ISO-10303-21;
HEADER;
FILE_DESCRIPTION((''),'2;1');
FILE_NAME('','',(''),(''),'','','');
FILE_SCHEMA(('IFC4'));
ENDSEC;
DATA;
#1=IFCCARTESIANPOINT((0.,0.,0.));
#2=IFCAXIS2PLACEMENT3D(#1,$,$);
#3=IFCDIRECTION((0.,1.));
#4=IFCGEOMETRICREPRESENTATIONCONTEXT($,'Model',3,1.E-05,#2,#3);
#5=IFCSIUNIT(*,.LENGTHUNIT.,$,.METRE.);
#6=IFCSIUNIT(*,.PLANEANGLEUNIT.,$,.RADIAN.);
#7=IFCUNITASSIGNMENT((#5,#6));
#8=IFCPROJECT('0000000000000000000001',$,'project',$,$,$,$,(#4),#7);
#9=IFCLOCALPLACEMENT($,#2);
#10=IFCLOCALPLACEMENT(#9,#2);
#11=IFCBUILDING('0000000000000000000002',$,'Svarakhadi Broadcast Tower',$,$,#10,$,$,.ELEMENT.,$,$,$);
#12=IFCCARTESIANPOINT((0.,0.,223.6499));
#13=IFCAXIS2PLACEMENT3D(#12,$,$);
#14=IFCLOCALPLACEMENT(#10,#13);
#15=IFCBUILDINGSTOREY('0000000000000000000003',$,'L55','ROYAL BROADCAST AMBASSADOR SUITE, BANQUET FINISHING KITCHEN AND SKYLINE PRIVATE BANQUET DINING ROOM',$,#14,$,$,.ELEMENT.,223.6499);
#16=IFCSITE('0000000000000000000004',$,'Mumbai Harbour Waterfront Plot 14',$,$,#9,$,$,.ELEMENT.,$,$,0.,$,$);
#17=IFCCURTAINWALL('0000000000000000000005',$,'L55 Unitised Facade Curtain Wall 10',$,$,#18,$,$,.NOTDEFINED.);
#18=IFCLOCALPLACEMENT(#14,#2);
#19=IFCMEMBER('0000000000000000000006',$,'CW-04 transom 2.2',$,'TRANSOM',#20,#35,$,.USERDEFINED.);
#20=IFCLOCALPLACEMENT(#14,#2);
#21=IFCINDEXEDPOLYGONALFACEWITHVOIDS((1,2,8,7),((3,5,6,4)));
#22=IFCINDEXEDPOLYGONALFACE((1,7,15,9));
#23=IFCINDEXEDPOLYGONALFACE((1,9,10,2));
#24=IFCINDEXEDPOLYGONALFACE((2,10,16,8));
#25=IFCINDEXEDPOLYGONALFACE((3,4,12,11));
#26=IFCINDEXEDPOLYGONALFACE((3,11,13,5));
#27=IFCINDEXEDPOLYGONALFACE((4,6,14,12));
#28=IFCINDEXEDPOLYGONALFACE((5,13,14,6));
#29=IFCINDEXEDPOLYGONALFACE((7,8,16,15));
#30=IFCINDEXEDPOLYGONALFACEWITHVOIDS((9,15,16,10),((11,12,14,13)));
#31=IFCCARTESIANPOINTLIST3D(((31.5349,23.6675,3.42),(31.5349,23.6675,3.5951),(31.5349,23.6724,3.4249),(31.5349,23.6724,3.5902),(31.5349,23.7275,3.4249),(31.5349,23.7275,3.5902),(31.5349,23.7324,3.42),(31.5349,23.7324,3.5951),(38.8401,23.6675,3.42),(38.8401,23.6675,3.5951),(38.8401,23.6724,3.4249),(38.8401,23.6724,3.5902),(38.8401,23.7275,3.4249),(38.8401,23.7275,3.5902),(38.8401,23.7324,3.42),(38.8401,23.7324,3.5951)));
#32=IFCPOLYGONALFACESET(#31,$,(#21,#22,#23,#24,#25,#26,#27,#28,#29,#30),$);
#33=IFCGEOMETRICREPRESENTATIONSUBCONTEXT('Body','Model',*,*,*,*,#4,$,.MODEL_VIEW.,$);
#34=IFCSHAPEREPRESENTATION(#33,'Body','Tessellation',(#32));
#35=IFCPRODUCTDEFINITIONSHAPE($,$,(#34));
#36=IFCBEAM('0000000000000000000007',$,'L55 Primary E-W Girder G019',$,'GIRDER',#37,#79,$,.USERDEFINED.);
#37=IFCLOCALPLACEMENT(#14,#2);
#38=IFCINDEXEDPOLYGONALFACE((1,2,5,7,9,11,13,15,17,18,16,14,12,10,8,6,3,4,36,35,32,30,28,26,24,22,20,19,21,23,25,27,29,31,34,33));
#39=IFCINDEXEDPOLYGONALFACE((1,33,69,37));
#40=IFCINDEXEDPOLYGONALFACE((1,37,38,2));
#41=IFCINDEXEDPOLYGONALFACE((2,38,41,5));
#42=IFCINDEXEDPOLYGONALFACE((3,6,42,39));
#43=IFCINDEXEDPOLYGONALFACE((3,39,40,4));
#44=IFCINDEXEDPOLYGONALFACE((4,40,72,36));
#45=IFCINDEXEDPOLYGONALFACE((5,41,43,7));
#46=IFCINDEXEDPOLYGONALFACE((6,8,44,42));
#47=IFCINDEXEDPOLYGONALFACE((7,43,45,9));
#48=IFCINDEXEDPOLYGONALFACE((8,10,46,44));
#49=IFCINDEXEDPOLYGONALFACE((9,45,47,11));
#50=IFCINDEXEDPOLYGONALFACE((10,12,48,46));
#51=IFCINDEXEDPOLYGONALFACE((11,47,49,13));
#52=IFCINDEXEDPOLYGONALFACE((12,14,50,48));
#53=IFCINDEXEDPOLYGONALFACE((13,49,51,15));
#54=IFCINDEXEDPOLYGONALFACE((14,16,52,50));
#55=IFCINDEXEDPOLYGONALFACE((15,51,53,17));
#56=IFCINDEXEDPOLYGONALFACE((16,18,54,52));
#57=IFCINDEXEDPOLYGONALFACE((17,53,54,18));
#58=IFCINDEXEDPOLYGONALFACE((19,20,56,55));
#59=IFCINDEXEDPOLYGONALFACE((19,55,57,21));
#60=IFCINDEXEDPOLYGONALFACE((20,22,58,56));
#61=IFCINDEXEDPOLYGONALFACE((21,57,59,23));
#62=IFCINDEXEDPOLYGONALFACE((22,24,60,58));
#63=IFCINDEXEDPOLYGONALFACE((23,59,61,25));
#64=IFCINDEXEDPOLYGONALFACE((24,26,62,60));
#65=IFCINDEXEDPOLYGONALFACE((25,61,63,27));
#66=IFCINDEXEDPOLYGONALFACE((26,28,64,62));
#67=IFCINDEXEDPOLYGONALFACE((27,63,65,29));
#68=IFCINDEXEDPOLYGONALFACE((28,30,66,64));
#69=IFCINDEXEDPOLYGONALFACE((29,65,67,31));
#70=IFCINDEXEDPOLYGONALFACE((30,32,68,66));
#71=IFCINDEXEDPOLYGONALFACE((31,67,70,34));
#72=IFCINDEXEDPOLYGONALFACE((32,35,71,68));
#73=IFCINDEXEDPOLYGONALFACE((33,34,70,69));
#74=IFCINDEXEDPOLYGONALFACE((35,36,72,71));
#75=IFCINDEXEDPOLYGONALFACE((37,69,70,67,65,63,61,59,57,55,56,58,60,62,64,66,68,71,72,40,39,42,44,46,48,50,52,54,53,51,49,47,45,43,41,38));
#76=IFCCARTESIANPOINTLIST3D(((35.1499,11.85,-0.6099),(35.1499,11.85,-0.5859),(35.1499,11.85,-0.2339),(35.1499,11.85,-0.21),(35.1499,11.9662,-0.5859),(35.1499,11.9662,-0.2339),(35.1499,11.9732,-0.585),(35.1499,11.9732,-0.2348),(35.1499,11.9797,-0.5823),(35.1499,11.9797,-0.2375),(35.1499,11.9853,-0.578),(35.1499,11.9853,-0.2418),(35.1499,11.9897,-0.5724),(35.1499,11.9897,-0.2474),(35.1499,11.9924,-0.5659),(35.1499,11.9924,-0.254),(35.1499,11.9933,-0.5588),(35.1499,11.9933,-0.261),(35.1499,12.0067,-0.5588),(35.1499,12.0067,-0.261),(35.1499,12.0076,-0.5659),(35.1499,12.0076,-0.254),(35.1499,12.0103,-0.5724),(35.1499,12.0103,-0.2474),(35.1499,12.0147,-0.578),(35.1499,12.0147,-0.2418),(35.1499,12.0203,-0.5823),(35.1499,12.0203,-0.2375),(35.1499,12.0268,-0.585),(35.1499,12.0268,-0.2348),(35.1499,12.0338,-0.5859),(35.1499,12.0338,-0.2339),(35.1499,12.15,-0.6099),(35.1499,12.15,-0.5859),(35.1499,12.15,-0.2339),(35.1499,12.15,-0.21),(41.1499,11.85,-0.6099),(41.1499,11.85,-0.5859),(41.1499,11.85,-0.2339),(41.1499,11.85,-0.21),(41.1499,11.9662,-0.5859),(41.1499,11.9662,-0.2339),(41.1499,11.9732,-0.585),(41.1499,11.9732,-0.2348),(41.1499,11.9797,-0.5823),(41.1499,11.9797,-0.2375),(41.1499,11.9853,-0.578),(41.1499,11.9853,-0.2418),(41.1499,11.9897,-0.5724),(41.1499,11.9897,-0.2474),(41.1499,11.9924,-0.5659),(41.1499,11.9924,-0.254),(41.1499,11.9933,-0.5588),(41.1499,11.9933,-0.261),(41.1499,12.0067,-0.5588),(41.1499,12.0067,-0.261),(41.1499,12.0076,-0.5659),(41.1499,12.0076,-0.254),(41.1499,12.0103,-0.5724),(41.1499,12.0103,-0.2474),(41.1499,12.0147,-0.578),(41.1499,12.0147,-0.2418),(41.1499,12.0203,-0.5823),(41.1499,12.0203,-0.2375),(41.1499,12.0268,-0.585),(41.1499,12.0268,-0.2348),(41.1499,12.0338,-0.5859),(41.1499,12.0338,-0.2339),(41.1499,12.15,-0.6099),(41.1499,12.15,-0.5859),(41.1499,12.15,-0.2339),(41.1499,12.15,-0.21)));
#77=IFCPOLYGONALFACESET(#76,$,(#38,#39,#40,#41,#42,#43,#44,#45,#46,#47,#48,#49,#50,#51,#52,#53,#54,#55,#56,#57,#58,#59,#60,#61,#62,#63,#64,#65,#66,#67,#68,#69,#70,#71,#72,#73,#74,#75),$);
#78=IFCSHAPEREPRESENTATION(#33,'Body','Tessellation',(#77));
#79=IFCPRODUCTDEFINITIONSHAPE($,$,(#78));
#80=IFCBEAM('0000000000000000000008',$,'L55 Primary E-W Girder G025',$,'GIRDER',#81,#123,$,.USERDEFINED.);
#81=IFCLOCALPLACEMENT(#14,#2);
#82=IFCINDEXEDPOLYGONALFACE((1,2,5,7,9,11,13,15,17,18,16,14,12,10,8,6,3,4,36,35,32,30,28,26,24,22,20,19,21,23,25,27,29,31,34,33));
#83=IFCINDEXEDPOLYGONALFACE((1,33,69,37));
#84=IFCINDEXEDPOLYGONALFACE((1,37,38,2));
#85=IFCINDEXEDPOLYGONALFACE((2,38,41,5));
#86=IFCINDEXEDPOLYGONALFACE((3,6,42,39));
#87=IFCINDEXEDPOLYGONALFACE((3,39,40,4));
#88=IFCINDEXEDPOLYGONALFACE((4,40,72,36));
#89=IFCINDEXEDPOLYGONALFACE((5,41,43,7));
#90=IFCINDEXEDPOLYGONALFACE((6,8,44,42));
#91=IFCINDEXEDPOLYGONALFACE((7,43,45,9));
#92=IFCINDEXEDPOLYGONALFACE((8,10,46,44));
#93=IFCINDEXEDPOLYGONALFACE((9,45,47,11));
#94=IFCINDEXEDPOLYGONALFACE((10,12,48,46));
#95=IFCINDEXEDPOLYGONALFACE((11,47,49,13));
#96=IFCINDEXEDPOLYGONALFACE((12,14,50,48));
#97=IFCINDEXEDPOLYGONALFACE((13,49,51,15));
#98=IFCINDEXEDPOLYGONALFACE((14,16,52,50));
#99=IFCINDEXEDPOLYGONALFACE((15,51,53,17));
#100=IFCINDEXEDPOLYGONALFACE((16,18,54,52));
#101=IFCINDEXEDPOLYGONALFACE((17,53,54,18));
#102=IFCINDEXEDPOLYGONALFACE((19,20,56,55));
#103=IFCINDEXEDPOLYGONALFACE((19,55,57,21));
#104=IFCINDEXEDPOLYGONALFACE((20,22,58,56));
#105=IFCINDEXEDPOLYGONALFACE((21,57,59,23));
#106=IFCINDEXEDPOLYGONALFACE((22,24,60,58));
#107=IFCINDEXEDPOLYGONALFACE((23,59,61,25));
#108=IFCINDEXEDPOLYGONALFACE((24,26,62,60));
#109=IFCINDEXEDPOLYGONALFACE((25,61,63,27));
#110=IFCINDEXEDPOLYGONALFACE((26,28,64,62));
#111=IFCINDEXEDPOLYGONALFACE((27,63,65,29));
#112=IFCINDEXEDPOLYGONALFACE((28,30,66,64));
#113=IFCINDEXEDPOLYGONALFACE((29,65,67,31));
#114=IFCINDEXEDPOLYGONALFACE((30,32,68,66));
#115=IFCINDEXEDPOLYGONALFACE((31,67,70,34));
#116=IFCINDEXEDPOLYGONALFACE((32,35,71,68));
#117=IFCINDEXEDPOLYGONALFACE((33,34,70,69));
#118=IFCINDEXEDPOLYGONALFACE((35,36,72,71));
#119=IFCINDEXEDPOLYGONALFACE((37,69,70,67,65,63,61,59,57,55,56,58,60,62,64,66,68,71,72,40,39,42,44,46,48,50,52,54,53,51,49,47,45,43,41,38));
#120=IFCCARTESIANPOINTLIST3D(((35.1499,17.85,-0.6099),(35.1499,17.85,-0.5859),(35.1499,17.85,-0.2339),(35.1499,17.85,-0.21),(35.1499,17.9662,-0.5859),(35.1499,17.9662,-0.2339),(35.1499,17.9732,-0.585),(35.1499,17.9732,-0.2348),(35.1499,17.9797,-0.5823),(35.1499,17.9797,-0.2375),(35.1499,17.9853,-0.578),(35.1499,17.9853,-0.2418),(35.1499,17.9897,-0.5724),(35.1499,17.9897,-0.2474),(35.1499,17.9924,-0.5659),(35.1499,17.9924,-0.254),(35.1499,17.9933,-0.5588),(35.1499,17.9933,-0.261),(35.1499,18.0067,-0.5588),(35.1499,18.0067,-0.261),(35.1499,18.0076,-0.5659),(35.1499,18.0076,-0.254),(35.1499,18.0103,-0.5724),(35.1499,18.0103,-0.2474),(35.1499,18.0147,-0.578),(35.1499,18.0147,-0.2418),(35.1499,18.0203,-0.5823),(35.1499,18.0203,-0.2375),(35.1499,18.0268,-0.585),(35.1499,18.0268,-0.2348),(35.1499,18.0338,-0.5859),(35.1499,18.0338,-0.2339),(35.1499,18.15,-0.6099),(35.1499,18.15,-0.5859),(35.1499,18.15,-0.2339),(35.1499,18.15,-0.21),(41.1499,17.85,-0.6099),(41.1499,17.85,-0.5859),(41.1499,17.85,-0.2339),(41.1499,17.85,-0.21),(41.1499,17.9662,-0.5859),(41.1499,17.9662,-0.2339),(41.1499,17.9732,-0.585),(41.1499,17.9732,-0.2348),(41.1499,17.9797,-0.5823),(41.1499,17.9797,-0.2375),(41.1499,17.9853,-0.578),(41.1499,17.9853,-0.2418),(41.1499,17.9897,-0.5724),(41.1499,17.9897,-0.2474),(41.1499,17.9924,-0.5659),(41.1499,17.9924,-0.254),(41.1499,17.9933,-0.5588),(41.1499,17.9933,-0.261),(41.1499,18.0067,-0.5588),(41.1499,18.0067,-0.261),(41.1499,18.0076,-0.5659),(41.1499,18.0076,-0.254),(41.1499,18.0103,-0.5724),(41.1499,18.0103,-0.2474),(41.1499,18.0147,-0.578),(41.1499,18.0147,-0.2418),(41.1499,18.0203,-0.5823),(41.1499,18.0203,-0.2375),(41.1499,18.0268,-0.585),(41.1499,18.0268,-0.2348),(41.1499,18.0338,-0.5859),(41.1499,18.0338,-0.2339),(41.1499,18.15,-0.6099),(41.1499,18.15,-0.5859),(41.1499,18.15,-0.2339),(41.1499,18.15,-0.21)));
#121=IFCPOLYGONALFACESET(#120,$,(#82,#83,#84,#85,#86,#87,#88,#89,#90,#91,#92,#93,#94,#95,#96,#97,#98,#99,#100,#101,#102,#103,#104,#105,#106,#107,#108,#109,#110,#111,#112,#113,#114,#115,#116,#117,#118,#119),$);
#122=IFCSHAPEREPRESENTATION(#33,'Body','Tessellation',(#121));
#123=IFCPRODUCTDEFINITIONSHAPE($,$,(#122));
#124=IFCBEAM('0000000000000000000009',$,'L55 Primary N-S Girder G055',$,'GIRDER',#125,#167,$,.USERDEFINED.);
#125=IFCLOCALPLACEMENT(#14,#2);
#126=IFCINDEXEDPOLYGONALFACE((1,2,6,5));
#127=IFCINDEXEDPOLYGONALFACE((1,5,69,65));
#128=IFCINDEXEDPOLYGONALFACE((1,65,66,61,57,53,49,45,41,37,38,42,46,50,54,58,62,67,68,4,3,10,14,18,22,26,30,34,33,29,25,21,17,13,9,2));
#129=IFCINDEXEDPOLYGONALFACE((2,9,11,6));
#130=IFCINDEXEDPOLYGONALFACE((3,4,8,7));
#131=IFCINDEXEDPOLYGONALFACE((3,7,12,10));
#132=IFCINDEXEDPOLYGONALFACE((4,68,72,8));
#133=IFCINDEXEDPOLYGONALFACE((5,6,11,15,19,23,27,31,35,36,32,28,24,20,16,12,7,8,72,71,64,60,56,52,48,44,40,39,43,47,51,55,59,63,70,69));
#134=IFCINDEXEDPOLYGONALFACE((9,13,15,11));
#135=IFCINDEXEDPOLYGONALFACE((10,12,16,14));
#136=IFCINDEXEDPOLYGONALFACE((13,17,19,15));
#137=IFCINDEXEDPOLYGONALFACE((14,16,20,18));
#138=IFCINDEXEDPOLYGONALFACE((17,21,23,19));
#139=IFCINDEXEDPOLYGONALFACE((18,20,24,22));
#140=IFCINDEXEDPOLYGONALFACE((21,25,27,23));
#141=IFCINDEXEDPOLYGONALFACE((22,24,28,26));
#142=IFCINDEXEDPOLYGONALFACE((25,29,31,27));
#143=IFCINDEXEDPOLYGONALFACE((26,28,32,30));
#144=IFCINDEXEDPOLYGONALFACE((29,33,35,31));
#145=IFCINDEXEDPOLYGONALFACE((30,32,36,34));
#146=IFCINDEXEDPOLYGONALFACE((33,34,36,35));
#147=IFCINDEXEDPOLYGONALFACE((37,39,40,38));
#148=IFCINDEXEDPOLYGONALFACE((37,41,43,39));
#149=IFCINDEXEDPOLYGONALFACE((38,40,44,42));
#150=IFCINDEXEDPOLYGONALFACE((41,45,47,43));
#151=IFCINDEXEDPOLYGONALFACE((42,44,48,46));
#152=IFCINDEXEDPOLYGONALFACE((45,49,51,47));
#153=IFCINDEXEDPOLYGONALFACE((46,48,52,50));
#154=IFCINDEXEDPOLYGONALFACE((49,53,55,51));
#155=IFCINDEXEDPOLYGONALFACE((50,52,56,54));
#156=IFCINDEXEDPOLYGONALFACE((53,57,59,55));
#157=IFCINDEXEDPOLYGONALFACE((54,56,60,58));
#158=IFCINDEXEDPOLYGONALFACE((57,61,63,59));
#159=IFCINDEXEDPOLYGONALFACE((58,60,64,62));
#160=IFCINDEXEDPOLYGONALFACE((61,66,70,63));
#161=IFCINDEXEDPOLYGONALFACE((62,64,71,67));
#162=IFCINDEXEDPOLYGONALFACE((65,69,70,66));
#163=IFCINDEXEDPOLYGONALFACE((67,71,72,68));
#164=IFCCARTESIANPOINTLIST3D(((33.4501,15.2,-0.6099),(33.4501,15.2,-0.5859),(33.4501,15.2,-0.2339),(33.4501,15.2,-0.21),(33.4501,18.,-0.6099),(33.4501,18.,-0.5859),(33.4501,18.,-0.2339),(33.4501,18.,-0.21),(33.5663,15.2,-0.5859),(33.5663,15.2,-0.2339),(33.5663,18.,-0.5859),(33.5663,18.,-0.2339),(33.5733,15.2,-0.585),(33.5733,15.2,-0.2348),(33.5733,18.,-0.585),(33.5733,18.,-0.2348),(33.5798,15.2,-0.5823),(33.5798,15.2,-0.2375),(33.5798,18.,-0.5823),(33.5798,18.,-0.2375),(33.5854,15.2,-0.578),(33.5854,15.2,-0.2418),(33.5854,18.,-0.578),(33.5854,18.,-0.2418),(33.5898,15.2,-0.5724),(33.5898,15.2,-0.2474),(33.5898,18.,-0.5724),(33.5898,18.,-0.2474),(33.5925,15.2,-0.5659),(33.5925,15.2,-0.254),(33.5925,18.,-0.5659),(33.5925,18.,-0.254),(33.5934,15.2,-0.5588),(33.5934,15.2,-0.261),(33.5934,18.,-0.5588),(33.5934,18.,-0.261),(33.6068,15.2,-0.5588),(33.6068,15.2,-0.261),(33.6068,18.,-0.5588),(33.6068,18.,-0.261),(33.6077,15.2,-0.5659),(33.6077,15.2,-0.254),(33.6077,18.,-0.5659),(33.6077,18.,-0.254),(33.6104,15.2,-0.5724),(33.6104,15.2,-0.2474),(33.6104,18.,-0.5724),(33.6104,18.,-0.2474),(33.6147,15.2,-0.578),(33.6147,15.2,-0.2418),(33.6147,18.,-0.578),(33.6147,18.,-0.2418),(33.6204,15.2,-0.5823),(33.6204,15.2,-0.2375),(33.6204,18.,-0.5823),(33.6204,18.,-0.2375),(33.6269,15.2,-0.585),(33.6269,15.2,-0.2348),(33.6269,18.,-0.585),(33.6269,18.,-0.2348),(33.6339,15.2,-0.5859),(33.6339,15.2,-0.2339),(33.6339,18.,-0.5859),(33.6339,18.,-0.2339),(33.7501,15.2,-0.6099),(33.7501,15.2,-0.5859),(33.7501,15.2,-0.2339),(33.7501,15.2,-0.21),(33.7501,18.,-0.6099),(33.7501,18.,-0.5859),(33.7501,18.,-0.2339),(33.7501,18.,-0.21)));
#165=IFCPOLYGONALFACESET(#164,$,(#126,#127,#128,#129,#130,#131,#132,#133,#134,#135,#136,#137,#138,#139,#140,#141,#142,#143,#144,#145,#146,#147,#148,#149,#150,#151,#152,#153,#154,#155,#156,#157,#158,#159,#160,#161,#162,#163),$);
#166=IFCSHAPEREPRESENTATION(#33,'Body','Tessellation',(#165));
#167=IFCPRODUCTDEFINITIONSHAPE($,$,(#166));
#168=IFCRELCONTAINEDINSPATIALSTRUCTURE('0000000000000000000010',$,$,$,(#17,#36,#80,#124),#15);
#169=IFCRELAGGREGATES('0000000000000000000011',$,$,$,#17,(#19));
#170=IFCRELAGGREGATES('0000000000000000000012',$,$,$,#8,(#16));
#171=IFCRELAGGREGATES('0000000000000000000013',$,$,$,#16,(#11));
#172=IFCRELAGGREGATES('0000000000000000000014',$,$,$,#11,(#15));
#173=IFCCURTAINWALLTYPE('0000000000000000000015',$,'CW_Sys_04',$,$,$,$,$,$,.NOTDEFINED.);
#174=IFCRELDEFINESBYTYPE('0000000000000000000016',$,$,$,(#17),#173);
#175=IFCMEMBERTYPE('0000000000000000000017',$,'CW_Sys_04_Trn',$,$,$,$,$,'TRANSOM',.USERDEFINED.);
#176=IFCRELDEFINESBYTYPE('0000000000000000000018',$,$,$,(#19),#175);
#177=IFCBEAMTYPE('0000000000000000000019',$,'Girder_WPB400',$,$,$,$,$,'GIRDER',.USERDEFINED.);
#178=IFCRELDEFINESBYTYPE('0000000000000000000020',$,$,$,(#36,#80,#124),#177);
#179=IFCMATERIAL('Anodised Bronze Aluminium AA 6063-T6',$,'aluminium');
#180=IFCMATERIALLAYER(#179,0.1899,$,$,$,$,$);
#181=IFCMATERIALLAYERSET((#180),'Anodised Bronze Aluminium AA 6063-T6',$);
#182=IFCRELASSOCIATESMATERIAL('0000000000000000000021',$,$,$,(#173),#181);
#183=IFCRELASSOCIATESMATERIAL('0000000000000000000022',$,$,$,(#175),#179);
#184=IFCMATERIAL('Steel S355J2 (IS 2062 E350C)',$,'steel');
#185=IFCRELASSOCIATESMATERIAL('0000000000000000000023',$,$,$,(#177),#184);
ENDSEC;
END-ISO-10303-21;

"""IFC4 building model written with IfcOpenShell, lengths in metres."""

from ifc_helpers import new_model, si_unit, direction, frame, origin, origin_2d, place, context, subcontext, project, spatial, hollow_rectangle, i_section, extrude, material, layer, layer_set, material_profile, profile_set, type_object, element, aggregate, save


model = new_model("IFC4")

# Units and contexts
model_context = context("Model", 3, precision=1e-05, world=origin(), true_north=direction((0.0, 1.0)))
body_context = subcontext(model_context, "Body", "Model", "MODEL_VIEW")
ifc_project = project(units=[si_unit("LENGTHUNIT", "METRE"), si_unit("PLANEANGLEUNIT", "RADIAN")], contexts=[model_context])

# Site, building, storey
site_placement = place(None, origin())
site = spatial("IfcSite", under=ifc_project, at=site_placement, Name="Mumbai Harbour Waterfront Plot 14", CompositionType="ELEMENT", RefElevation=0.0)
building_placement = place(site_placement, origin())
building = spatial("IfcBuilding", under=site, at=building_placement, Name="Svarakhadi Broadcast Tower", CompositionType="ELEMENT")
storey_placement = place(building_placement, frame((0.0, 0.0, 223.6499)))
storey = spatial("IfcBuildingStorey", under=building, at=storey_placement, Name="L55", Description="ROYAL BROADCAST AMBASSADOR SUITE, BANQUET FINISHING KITCHEN AND SKYLINE PRIVATE BANQUET DINING ROOM", CompositionType="ELEMENT", Elevation=223.6499)

# Shared definitions
ifc_material_1 = material(Name="Steel S355J2 (IS 2062 E350C)", Category="steel")

# Curtain wall, member
ifc_material_2 = material(Name="Anodised Bronze Aluminium AA 6063-T6", Category="aluminium")
ifc_layer_1 = layer(ifc_material_2, 0.1899)
ifc_layer_set_1 = layer_set([ifc_layer_1], Name="Anodised Bronze Aluminium AA 6063-T6")
curtain_wall_type = type_object("IfcCurtainWallType", Name="CW_Sys_04", PredefinedType="NOTDEFINED", material=ifc_layer_set_1)
curtain_wall_placement = place(storey_placement, origin())
curtain_wall = element("IfcCurtainWall", 1, at=curtain_wall_placement, inside=storey, type_object=curtain_wall_type, Name="L55 Unitised Facade Curtain Wall 10", PredefinedType="NOTDEFINED")
ifc_material_profile_1 = material_profile(ifc_material_2, hollow_rectangle(XDim=0.0649, YDim=0.175, WallThickness=0.0049, at=origin_2d()), Name="ALU TRANSOM 175x65x5")
ifc_profile_set_1 = profile_set([ifc_material_profile_1], Name="Anodised Bronze Aluminium AA 6063-T6")
member_type_1 = type_object("IfcMemberType", Name="CW_Sys_04_Trn", ElementType="TRANSOM", PredefinedType="USERDEFINED", material=ifc_profile_set_1)
member_1_placement = place(storey_placement, frame((31.5349, 23.7, 3.5076), z_axis=(1.0, 0.0, 0.0), x_axis=(0.0, 1.0, 0.0)))
member_1 = element("IfcMember", 2, at=member_1_placement, type_object=member_type_1, Name="CW-04 transom 2.2", ObjectType="TRANSOM", PredefinedType="USERDEFINED", context=body_context, shape_type="SweptSolid", body=[
    extrude(hollow_rectangle(XDim=0.0649, YDim=0.175, WallThickness=0.0049, at=origin_2d()), origin(), (0.0, 0.0, 1.0), 7.3052),
])

# Beams
ifc_material_profile_2 = material_profile(ifc_material_1, i_section(OverallWidth=0.3, OverallDepth=0.3999, WebThickness=0.0134, FlangeThickness=0.0239, FilletRadius=0.0271, at=origin_2d()), Name="WPB 400x300x155")
ifc_profile_set_2 = profile_set([ifc_material_profile_2], Name="Steel S355J2 (IS 2062 E350C)")
beam_type_1 = type_object("IfcBeamType", Name="Girder_WPB400", ElementType="GIRDER", PredefinedType="USERDEFINED", material=ifc_profile_set_2)
for number, where, z_axis, x_axis, name in (
    (3, (35.1499, 12.0, -0.4099), (1.0, 0.0, 0.0), (0.0, 1.0, 0.0), "L55 Primary E-W Girder G019"),
    (4, (35.1499, 18.0, -0.4099), (1.0, 0.0, 0.0), (0.0, 1.0, 0.0), "L55 Primary E-W Girder G025"),
):
    element("IfcBeam", number, at=place(storey_placement, frame(where, z_axis=z_axis, x_axis=x_axis)), inside=storey, type_object=beam_type_1, Name=name, ObjectType="GIRDER", PredefinedType="USERDEFINED", context=body_context, shape_type="SweptSolid", body=[
        extrude(i_section(OverallWidth=0.3, OverallDepth=0.3999, WebThickness=0.0134, FlangeThickness=0.0239, FilletRadius=0.0271, at=origin_2d()), origin(), (0.0, 0.0, 1.0), 6.0),
    ])
beam_1_placement = place(storey_placement, frame((33.6001, 15.2, -0.4099), z_axis=(0.0, 1.0, 0.0), x_axis=(-1.0, 0.0, 0.0)))
element("IfcBeam", 5, at=beam_1_placement, inside=storey, type_object=beam_type_1, Name="L55 Primary N-S Girder G055", ObjectType="GIRDER", PredefinedType="USERDEFINED", context=body_context, shape_type="SweptSolid", body=[
    extrude(i_section(OverallWidth=0.3, OverallDepth=0.3999, WebThickness=0.0134, FlangeThickness=0.0239, FilletRadius=0.0271, at=origin_2d()), origin(), (0.0, 0.0, 1.0), 2.8),
])

aggregate(curtain_wall, [member_1])

save(model, "model.ifc")
